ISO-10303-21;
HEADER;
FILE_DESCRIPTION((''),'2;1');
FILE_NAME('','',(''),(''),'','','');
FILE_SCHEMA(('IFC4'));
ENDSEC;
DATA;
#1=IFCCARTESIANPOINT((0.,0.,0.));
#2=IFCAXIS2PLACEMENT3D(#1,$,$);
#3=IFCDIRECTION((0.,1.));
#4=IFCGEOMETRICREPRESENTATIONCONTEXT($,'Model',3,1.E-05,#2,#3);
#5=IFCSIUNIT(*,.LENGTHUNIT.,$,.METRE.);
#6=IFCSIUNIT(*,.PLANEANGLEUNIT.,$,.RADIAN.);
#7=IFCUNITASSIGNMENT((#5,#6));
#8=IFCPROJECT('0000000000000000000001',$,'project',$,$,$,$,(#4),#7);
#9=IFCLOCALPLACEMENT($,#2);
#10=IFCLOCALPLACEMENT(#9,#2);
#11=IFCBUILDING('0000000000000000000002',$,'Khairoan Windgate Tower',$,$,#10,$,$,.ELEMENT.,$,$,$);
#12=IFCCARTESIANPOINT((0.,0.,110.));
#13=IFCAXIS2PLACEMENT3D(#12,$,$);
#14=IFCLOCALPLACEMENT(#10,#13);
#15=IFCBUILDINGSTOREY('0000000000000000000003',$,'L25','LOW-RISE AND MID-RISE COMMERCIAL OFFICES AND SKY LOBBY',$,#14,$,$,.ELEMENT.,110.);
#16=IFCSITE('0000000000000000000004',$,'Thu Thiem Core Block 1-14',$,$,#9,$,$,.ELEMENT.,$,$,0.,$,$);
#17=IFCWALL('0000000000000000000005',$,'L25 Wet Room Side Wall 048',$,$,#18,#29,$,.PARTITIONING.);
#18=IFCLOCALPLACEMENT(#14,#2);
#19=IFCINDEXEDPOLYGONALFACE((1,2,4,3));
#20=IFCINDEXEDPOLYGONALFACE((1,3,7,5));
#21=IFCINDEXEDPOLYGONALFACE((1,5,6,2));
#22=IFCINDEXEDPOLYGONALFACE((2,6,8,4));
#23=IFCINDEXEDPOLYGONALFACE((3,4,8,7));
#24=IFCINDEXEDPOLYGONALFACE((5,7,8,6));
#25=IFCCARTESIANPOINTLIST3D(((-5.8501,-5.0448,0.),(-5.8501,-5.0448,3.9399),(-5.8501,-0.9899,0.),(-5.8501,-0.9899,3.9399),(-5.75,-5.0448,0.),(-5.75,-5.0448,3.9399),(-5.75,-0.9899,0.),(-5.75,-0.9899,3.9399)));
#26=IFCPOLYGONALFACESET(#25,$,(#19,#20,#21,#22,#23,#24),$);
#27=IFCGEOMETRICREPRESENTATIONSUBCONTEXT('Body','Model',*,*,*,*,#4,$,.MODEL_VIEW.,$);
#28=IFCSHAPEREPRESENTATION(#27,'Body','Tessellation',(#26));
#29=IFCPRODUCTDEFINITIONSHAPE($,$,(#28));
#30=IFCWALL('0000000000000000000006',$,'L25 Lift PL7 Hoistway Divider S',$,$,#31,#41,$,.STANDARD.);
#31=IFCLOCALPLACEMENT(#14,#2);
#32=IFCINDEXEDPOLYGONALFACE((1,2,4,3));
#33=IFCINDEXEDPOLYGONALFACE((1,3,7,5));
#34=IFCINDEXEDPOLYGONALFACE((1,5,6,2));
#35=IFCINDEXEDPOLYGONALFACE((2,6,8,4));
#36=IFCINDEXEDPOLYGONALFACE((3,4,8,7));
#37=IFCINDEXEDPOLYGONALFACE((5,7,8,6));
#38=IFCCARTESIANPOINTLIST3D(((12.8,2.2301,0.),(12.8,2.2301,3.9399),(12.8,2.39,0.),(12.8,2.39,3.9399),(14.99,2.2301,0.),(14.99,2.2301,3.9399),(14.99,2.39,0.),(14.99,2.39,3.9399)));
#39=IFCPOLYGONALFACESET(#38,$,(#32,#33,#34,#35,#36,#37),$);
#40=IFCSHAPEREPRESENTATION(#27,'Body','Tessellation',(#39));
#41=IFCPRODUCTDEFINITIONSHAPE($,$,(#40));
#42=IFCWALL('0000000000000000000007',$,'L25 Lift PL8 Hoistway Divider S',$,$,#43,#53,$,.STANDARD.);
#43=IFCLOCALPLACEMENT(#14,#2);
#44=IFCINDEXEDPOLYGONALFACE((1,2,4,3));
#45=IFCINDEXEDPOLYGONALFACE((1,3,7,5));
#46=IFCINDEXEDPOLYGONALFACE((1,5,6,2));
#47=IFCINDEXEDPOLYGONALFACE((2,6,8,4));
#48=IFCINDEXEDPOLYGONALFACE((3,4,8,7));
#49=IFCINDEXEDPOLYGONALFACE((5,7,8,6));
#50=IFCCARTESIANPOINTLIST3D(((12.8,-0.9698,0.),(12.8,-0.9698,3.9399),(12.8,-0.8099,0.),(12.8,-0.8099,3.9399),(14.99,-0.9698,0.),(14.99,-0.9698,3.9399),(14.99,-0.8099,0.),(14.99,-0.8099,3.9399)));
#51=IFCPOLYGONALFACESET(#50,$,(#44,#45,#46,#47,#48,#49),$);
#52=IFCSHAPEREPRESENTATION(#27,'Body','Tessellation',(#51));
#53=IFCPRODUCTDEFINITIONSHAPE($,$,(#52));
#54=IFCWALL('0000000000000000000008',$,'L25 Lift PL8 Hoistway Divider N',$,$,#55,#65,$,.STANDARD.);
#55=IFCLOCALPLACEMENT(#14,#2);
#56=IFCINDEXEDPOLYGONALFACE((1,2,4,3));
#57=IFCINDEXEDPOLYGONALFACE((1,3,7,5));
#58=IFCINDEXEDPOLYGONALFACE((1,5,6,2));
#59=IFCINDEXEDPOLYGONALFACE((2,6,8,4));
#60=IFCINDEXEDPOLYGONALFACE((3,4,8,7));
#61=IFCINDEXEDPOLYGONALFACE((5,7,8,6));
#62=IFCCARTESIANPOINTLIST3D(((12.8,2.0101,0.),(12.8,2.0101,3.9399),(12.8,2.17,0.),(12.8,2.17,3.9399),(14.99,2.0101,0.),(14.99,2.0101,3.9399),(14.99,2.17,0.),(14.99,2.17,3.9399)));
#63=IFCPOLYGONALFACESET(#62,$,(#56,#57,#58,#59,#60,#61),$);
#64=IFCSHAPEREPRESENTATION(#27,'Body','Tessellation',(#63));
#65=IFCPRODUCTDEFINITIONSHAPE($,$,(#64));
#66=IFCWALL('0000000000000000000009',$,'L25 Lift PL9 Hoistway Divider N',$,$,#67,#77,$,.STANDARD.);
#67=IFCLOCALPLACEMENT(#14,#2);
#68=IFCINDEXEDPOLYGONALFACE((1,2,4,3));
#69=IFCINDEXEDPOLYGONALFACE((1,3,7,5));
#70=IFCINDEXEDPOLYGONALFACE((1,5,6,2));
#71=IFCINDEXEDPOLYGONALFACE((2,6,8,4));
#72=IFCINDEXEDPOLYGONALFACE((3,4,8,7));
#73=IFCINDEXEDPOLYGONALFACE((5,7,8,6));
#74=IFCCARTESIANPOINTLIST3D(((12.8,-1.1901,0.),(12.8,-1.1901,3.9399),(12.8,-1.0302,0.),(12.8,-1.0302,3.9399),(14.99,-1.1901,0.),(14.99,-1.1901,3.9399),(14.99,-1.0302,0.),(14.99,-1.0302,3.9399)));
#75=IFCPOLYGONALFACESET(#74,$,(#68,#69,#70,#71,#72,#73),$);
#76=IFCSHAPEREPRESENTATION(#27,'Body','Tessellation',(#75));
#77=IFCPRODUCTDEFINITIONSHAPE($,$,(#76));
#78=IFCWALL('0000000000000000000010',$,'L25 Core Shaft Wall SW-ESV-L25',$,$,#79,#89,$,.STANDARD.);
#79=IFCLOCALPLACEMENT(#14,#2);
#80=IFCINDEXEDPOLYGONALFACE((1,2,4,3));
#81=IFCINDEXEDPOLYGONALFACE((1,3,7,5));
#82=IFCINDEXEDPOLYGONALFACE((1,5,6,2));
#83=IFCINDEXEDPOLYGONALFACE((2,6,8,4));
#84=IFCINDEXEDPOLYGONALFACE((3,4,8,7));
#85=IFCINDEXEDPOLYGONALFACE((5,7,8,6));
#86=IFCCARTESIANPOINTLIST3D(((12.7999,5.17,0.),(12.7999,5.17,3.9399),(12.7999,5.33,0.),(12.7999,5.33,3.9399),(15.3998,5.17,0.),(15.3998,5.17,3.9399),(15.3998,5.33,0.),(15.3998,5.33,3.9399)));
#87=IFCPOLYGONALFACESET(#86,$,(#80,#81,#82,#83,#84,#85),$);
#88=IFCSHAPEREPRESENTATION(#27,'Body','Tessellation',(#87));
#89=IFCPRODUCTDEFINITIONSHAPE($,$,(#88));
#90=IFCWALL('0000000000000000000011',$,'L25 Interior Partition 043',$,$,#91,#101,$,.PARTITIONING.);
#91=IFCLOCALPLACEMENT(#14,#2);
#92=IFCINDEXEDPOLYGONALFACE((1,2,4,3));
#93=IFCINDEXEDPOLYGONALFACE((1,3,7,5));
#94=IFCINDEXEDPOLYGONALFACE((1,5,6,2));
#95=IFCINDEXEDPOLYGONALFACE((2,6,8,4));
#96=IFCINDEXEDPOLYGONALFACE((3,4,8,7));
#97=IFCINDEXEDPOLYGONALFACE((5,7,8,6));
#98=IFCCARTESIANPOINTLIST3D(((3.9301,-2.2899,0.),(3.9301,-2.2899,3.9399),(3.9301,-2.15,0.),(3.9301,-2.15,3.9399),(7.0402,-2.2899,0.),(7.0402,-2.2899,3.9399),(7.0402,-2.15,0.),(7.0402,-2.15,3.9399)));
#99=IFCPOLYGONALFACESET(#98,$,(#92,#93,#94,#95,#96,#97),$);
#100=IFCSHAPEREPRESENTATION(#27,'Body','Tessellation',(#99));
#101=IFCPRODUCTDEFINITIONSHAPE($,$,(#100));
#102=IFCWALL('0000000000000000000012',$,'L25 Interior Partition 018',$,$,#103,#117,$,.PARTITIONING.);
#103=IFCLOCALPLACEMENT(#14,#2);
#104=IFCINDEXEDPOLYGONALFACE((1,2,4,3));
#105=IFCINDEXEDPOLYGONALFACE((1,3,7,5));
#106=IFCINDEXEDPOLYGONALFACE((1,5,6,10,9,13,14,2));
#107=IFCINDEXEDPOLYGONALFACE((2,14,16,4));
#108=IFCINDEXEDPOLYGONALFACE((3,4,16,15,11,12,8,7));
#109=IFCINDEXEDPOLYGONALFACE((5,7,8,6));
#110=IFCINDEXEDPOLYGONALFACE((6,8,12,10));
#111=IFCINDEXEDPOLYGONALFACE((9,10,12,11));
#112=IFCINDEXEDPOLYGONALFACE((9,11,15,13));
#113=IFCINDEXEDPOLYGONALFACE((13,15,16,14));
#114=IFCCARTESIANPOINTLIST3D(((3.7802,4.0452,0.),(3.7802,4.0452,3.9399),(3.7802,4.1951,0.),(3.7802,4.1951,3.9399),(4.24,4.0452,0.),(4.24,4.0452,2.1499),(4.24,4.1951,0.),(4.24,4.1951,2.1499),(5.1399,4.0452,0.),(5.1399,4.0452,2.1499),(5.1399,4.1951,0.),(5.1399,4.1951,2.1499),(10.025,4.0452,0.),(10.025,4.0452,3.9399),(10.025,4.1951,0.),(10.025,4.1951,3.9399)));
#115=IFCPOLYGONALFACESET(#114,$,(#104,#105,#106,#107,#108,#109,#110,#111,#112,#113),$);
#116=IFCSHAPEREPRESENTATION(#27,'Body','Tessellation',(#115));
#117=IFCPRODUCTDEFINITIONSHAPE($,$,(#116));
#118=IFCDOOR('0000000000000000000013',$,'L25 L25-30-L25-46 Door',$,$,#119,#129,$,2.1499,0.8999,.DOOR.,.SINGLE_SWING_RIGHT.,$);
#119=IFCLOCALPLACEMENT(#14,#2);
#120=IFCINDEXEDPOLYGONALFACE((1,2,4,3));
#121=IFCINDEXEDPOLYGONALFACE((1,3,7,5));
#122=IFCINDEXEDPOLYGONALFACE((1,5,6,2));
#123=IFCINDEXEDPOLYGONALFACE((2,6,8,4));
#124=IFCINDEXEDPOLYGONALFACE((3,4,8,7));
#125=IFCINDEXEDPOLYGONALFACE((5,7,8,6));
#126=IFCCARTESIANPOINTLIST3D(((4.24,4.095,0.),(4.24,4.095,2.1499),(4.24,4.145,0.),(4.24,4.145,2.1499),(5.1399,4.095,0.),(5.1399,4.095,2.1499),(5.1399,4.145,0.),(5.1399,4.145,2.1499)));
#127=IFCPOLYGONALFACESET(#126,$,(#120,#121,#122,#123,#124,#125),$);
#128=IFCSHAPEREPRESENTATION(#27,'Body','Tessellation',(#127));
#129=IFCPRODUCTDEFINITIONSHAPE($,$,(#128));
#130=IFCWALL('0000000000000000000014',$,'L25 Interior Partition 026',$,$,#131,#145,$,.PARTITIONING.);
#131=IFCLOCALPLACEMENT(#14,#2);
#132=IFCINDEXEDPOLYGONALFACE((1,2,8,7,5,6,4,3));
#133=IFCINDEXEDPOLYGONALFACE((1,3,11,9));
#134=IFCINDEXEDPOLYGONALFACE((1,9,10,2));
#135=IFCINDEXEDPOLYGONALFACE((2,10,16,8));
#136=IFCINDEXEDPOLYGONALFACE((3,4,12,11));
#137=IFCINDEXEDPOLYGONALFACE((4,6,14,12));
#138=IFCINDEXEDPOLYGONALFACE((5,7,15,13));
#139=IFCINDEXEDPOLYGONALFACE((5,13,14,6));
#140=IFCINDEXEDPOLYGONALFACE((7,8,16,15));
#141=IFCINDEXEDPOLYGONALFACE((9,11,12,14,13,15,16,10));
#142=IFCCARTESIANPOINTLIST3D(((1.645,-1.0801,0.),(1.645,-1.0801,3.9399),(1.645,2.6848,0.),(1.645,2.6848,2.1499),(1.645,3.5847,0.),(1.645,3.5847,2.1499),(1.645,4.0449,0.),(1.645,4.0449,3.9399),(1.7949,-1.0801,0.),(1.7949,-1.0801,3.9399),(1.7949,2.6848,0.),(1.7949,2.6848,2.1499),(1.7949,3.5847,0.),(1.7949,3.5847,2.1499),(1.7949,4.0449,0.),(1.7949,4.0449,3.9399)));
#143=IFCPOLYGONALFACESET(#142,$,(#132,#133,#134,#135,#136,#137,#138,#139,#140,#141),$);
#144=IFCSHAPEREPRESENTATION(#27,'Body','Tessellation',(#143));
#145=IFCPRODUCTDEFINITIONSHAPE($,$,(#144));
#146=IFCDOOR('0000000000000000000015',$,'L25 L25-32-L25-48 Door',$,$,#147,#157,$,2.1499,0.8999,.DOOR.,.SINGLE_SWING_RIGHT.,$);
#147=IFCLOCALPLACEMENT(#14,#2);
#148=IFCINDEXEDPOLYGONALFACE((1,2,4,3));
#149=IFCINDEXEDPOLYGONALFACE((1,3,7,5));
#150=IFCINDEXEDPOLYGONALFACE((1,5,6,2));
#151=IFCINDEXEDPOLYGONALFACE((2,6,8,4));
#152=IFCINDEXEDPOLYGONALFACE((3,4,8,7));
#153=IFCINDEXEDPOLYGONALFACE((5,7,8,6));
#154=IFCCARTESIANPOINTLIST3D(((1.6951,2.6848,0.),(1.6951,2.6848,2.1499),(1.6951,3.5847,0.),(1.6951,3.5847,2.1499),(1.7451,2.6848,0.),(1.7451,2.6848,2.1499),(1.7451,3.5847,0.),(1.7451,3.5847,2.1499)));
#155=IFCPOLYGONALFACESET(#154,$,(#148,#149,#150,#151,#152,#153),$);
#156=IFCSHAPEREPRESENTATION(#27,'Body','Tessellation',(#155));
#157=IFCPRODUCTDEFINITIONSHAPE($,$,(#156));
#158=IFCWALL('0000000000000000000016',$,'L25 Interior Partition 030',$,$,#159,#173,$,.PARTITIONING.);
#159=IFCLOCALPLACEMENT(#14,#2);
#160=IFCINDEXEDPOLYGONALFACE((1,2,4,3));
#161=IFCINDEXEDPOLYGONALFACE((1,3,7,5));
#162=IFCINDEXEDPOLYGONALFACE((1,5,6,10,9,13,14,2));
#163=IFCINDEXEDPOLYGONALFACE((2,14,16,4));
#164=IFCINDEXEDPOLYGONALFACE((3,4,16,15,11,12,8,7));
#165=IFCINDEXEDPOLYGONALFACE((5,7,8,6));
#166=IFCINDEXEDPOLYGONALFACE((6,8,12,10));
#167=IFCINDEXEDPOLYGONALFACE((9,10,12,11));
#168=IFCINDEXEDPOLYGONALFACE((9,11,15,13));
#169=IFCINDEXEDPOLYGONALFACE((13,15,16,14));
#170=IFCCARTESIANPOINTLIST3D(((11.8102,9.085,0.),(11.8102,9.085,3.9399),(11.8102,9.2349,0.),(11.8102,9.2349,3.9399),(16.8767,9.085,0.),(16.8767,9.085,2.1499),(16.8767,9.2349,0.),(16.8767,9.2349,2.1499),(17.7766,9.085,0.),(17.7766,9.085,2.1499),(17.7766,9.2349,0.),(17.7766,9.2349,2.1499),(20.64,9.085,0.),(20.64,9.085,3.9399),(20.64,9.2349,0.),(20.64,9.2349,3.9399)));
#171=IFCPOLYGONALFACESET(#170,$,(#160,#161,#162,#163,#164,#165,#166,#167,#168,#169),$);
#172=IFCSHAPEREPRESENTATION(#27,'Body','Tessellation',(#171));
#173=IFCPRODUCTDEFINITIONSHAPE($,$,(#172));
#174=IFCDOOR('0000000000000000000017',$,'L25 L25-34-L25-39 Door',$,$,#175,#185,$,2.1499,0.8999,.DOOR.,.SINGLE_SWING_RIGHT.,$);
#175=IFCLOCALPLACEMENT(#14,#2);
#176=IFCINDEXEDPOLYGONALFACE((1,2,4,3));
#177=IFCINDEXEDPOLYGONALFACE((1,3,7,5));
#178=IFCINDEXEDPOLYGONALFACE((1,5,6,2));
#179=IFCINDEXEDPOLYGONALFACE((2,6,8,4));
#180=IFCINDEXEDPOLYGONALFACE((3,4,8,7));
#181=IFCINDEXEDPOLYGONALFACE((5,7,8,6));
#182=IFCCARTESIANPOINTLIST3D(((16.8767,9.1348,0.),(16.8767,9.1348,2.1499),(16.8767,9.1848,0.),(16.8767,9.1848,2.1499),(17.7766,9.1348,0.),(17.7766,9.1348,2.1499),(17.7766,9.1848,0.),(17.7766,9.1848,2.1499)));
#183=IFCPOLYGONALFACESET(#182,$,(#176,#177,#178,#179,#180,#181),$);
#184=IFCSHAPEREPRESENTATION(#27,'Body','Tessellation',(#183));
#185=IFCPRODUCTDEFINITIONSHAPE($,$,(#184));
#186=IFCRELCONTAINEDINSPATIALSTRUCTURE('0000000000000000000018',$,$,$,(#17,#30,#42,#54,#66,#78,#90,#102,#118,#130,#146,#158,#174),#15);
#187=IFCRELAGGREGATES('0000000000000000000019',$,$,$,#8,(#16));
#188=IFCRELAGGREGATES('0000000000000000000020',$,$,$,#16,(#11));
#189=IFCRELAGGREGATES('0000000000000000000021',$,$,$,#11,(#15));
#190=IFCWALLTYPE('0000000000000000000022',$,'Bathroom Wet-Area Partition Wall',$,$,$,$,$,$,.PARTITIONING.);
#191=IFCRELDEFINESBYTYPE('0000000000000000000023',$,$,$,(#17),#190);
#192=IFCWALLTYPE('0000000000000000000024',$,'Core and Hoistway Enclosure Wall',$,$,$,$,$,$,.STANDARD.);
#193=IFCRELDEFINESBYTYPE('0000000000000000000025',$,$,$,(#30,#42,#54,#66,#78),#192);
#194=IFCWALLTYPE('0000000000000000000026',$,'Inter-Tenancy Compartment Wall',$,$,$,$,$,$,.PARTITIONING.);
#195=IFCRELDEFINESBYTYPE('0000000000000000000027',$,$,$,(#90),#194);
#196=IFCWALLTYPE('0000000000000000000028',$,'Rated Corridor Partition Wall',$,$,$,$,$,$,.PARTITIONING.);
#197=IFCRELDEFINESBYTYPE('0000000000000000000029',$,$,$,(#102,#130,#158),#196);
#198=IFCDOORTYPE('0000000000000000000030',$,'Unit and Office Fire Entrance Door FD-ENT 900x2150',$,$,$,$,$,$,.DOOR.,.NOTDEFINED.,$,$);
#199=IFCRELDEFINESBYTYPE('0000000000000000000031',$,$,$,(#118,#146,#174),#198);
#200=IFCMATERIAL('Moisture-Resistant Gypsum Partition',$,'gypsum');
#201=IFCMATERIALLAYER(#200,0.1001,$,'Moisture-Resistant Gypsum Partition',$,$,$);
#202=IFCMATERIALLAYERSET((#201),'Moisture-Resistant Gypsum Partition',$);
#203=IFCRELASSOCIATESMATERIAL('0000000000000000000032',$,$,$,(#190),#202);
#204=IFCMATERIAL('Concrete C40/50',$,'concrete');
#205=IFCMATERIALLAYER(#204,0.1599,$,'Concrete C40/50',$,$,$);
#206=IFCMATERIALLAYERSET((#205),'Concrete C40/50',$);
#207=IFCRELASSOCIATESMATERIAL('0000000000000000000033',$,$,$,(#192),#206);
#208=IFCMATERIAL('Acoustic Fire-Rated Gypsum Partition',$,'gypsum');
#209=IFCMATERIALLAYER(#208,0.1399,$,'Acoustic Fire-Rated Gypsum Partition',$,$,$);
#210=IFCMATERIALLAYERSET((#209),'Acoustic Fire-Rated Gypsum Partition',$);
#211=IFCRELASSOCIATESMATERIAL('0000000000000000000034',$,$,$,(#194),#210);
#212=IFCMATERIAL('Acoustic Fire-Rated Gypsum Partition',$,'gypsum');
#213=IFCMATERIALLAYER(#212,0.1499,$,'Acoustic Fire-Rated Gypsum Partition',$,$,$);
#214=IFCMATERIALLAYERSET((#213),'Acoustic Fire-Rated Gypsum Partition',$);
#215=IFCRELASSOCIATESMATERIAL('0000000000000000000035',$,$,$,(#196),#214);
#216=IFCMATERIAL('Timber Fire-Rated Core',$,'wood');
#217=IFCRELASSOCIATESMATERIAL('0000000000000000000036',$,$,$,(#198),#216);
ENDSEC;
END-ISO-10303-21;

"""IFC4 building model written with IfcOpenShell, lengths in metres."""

from ifc_helpers import new_model, si_unit, direction, frame, frame_2d, origin, place, context, subcontext, project, spatial, rectangle, extrude, material, layer, layer_set, type_object, element, fill, save


model = new_model("IFC4")

# Units and contexts
model_context = context("Model", 3, precision=1e-05, world=origin(), true_north=direction((0.0, 1.0)))
body_context = subcontext(model_context, "Body", "Model", "MODEL_VIEW")
ifc_project = project(units=[si_unit("LENGTHUNIT", "METRE"), si_unit("PLANEANGLEUNIT", "RADIAN")], contexts=[model_context])

# Site, building, storey
site_placement = place(None, origin())
site = spatial("IfcSite", under=ifc_project, at=site_placement, Name="Thu Thiem Core Block 1-14", CompositionType="ELEMENT", RefElevation=0.0)
building_placement = place(site_placement, origin())
building = spatial("IfcBuilding", under=site, at=building_placement, Name="Khairoan Windgate Tower", CompositionType="ELEMENT")
storey_placement = place(building_placement, frame((0.0, 0.0, 110.0)))
storey = spatial("IfcBuildingStorey", under=building, at=storey_placement, Name="L25", Description="LOW-RISE AND MID-RISE COMMERCIAL OFFICES AND SKY LOBBY", CompositionType="ELEMENT", Elevation=110.0)

# Walls
ifc_material_1 = material(Name="Moisture-Resistant Gypsum Partition", Category="gypsum")
ifc_layer_1 = layer(ifc_material_1, 0.1001, Name="Moisture-Resistant Gypsum Partition")
ifc_layer_set_1 = layer_set([ifc_layer_1], Name="Moisture-Resistant Gypsum Partition")
wall_type_1 = type_object("IfcWallType", Name="Bathroom Wet-Area Partition Wall", PredefinedType="PARTITIONING", material=ifc_layer_set_1)
wall_1_placement = place(storey_placement, frame((-5.8, -0.99, 0.0), z_axis=(0.0, 0.0, 1.0), x_axis=(0.0, -1.0, 0.0)))
element("IfcWall", 1, at=wall_1_placement, inside=storey, type_object=wall_type_1, Name="L25 Wet Room Side Wall 048", PredefinedType="PARTITIONING", context=body_context, shape_type="SweptSolid", body=[
    extrude(rectangle(XDim=4.0549, YDim=0.1001, at=frame_2d((2.0273, 0.0))), origin(), (0.0, 0.0, 1.0), 3.9399),
])
ifc_material_2 = material(Name="Concrete C40/50", Category="concrete")
ifc_layer_2 = layer(ifc_material_2, 0.1599, Name="Concrete C40/50")
ifc_layer_set_2 = layer_set([ifc_layer_2], Name="Concrete C40/50")
wall_type_2 = type_object("IfcWallType", Name="Core and Hoistway Enclosure Wall", PredefinedType="STANDARD", material=ifc_layer_set_2)
for number, where, z_axis, x_axis, name in (
    (2, (12.8, 2.3101, 0.0), (0.0, 0.0, 1.0), (1.0, 0.0, 0.0), "L25 Lift PL7 Hoistway Divider S"),
    (3, (12.8, -0.8899, 0.0), (0.0, 0.0, 1.0), (1.0, 0.0, 0.0), "L25 Lift PL8 Hoistway Divider S"),
    (4, (12.8, 2.0901, 0.0), (0.0, 0.0, 1.0), (1.0, 0.0, 0.0), "L25 Lift PL8 Hoistway Divider N"),
    (5, (12.8, -1.1101, 0.0), (0.0, 0.0, 1.0), (1.0, 0.0, 0.0), "L25 Lift PL9 Hoistway Divider N"),
):
    element("IfcWall", number, at=place(storey_placement, frame(where, z_axis=z_axis, x_axis=x_axis)), inside=storey, type_object=wall_type_2, Name=name, PredefinedType="STANDARD", context=body_context, shape_type="SweptSolid", body=[
        extrude(rectangle(XDim=2.1899, YDim=0.1599, at=frame_2d((1.095, 0.0))), origin(), (0.0, 0.0, 1.0), 3.9399),
    ])
wall_2_placement = place(storey_placement, frame((12.8, 5.25, 0.0), z_axis=(0.0, 0.0, 1.0), x_axis=(1.0, 0.0, 0.0)))
element("IfcWall", 6, at=wall_2_placement, inside=storey, type_object=wall_type_2, Name="L25 Core Shaft Wall SW-ESV-L25", PredefinedType="STANDARD", context=body_context, shape_type="SweptSolid", body=[
    extrude(rectangle(XDim=2.5999, YDim=0.1599, at=frame_2d((1.2998, 0.0))), origin(), (0.0, 0.0, 1.0), 3.9399),
])
ifc_material_3 = material(Name="Acoustic Fire-Rated Gypsum Partition", Category="gypsum")
ifc_layer_3 = layer(ifc_material_3, 0.1399, Name="Acoustic Fire-Rated Gypsum Partition")
ifc_layer_set_3 = layer_set([ifc_layer_3], Name="Acoustic Fire-Rated Gypsum Partition")
wall_type_3 = type_object("IfcWallType", Name="Inter-Tenancy Compartment Wall", PredefinedType="PARTITIONING", material=ifc_layer_set_3)
wall_3_placement = place(storey_placement, frame((3.9299, -2.22, 0.0), z_axis=(0.0, 0.0, 1.0), x_axis=(1.0, 0.0, 0.0)))
element("IfcWall", 7, at=wall_3_placement, inside=storey, type_object=wall_type_3, Name="L25 Interior Partition 043", PredefinedType="PARTITIONING", context=body_context, shape_type="SweptSolid", body=[
    extrude(rectangle(XDim=3.1101, YDim=0.1399, at=frame_2d((1.5552, 0.0))), origin(), (0.0, 0.0, 1.0), 3.9399),
])

# Walls, openings, doors
ifc_material_4 = material(Name="Acoustic Fire-Rated Gypsum Partition", Category="gypsum")
ifc_layer_4 = layer(ifc_material_4, 0.1499, Name="Acoustic Fire-Rated Gypsum Partition")
ifc_layer_set_4 = layer_set([ifc_layer_4], Name="Acoustic Fire-Rated Gypsum Partition")
wall_type_4 = type_object("IfcWallType", Name="Rated Corridor Partition Wall", PredefinedType="PARTITIONING", material=ifc_layer_set_4)
wall_4_placement = place(storey_placement, frame((3.78, 4.1201, 0.0), z_axis=(0.0, 0.0, 1.0), x_axis=(1.0, 0.0, 0.0)))
wall_4 = element("IfcWall", 8, at=wall_4_placement, inside=storey, type_object=wall_type_4, Name="L25 Interior Partition 018", PredefinedType="PARTITIONING", context=body_context, shape_type="SweptSolid", body=[
    extrude(rectangle(XDim=6.2449, YDim=0.1499, at=frame_2d((3.1226, 0.0))), origin(), (0.0, 0.0, 1.0), 3.9399),
])
opening_1_placement = place(wall_4_placement, frame((0.46, 0.0, 0.0)))
opening_1 = element("IfcOpeningElement", 9, at=opening_1_placement, cuts=wall_4, PredefinedType="OPENING", context=body_context, shape_type="SweptSolid", body=[
    extrude(rectangle(XDim=0.8999, YDim=2.1499, at=frame_2d((0.45, 1.075))), frame((0.0, 0.085, 0.0), z_axis=(0.0, -1.0, 0.0), x_axis=(1.0, 0.0, 0.0)), (0.0, 0.0, 1.0), 0.1699),
])
ifc_material_5 = material(Name="Timber Fire-Rated Core", Category="wood")
door_type = type_object("IfcDoorType", Name="Unit and Office Fire Entrance Door FD-ENT 900x2150", OperationType="NOTDEFINED", PredefinedType="DOOR", material=ifc_material_5)
door_1_placement = place(opening_1_placement, origin())
door_1 = element("IfcDoor", 10, at=door_1_placement, inside=storey, type_object=door_type, Name="L25 L25-30-L25-46 Door", OperationType="SINGLE_SWING_RIGHT", OverallHeight=2.1499, OverallWidth=0.8999, PredefinedType="DOOR", context=body_context, shape_type="SweptSolid", body=[
    extrude(rectangle(XDim=0.8999, YDim=2.1499, at=frame_2d((0.45, 1.075))), frame((0.0, 0.0249, 0.0), z_axis=(0.0, -1.0, 0.0), x_axis=(1.0, 0.0, 0.0)), (0.0, 0.0, 1.0), 0.05),
])
fill(opening_1, door_1)
wall_5_placement = place(storey_placement, frame((1.72, -1.0801, 0.0), z_axis=(0.0, 0.0, 1.0), x_axis=(0.0, 1.0, 0.0)))
wall_5 = element("IfcWall", 11, at=wall_5_placement, inside=storey, type_object=wall_type_4, Name="L25 Interior Partition 026", PredefinedType="PARTITIONING", context=body_context, shape_type="SweptSolid", body=[
    extrude(rectangle(XDim=5.125, YDim=0.1499, at=frame_2d((2.5625, 0.0))), origin(), (0.0, 0.0, 1.0), 3.9399),
])
opening_2_placement = place(wall_5_placement, frame((3.7649, 0.0, 0.0)))
opening_2 = element("IfcOpeningElement", 12, at=opening_2_placement, cuts=wall_5, PredefinedType="OPENING", context=body_context, shape_type="SweptSolid", body=[
    extrude(rectangle(XDim=0.8999, YDim=2.1499, at=frame_2d((0.45, 1.075))), frame((0.0, 0.085, 0.0), z_axis=(0.0, -1.0, 0.0), x_axis=(1.0, 0.0, 0.0)), (0.0, 0.0, 1.0), 0.1699),
])
door_2_placement = place(opening_2_placement, origin())
door_2 = element("IfcDoor", 13, at=door_2_placement, inside=storey, type_object=door_type, Name="L25 L25-32-L25-48 Door", OperationType="SINGLE_SWING_RIGHT", OverallHeight=2.1499, OverallWidth=0.8999, PredefinedType="DOOR", context=body_context, shape_type="SweptSolid", body=[
    extrude(rectangle(XDim=0.8999, YDim=2.1499, at=frame_2d((0.45, 1.075))), frame((0.0, 0.0249, 0.0), z_axis=(0.0, -1.0, 0.0), x_axis=(1.0, 0.0, 0.0)), (0.0, 0.0, 1.0), 0.05),
])
fill(opening_2, door_2)
wall_6_placement = place(storey_placement, frame((11.8101, 9.1599, 0.0), z_axis=(0.0, 0.0, 1.0), x_axis=(1.0, 0.0, 0.0)))
wall_6 = element("IfcWall", 14, at=wall_6_placement, inside=storey, type_object=wall_type_4, Name="L25 Interior Partition 030", PredefinedType="PARTITIONING", context=body_context, shape_type="SweptSolid", body=[
    extrude(rectangle(XDim=8.8298, YDim=0.1499, at=frame_2d((4.415, 0.0))), origin(), (0.0, 0.0, 1.0), 3.9399),
])
opening_3_placement = place(wall_6_placement, frame((5.0667, 0.0, 0.0)))
opening_3 = element("IfcOpeningElement", 15, at=opening_3_placement, cuts=wall_6, PredefinedType="OPENING", context=body_context, shape_type="SweptSolid", body=[
    extrude(rectangle(XDim=0.8999, YDim=2.1499, at=frame_2d((0.45, 1.075))), frame((0.0, 0.085, 0.0), z_axis=(0.0, -1.0, 0.0), x_axis=(1.0, 0.0, 0.0)), (0.0, 0.0, 1.0), 0.1699),
])
door_3_placement = place(opening_3_placement, origin())
door_3 = element("IfcDoor", 16, at=door_3_placement, inside=storey, type_object=door_type, Name="L25 L25-34-L25-39 Door", OperationType="SINGLE_SWING_RIGHT", OverallHeight=2.1499, OverallWidth=0.8999, PredefinedType="DOOR", context=body_context, shape_type="SweptSolid", body=[
    extrude(rectangle(XDim=0.8999, YDim=2.1499, at=frame_2d((0.45, 1.075))), frame((0.0, 0.0249, 0.0), z_axis=(0.0, -1.0, 0.0), x_axis=(1.0, 0.0, 0.0)), (0.0, 0.0, 1.0), 0.05),
])
fill(opening_3, door_3)

save(model, "model.ifc")
